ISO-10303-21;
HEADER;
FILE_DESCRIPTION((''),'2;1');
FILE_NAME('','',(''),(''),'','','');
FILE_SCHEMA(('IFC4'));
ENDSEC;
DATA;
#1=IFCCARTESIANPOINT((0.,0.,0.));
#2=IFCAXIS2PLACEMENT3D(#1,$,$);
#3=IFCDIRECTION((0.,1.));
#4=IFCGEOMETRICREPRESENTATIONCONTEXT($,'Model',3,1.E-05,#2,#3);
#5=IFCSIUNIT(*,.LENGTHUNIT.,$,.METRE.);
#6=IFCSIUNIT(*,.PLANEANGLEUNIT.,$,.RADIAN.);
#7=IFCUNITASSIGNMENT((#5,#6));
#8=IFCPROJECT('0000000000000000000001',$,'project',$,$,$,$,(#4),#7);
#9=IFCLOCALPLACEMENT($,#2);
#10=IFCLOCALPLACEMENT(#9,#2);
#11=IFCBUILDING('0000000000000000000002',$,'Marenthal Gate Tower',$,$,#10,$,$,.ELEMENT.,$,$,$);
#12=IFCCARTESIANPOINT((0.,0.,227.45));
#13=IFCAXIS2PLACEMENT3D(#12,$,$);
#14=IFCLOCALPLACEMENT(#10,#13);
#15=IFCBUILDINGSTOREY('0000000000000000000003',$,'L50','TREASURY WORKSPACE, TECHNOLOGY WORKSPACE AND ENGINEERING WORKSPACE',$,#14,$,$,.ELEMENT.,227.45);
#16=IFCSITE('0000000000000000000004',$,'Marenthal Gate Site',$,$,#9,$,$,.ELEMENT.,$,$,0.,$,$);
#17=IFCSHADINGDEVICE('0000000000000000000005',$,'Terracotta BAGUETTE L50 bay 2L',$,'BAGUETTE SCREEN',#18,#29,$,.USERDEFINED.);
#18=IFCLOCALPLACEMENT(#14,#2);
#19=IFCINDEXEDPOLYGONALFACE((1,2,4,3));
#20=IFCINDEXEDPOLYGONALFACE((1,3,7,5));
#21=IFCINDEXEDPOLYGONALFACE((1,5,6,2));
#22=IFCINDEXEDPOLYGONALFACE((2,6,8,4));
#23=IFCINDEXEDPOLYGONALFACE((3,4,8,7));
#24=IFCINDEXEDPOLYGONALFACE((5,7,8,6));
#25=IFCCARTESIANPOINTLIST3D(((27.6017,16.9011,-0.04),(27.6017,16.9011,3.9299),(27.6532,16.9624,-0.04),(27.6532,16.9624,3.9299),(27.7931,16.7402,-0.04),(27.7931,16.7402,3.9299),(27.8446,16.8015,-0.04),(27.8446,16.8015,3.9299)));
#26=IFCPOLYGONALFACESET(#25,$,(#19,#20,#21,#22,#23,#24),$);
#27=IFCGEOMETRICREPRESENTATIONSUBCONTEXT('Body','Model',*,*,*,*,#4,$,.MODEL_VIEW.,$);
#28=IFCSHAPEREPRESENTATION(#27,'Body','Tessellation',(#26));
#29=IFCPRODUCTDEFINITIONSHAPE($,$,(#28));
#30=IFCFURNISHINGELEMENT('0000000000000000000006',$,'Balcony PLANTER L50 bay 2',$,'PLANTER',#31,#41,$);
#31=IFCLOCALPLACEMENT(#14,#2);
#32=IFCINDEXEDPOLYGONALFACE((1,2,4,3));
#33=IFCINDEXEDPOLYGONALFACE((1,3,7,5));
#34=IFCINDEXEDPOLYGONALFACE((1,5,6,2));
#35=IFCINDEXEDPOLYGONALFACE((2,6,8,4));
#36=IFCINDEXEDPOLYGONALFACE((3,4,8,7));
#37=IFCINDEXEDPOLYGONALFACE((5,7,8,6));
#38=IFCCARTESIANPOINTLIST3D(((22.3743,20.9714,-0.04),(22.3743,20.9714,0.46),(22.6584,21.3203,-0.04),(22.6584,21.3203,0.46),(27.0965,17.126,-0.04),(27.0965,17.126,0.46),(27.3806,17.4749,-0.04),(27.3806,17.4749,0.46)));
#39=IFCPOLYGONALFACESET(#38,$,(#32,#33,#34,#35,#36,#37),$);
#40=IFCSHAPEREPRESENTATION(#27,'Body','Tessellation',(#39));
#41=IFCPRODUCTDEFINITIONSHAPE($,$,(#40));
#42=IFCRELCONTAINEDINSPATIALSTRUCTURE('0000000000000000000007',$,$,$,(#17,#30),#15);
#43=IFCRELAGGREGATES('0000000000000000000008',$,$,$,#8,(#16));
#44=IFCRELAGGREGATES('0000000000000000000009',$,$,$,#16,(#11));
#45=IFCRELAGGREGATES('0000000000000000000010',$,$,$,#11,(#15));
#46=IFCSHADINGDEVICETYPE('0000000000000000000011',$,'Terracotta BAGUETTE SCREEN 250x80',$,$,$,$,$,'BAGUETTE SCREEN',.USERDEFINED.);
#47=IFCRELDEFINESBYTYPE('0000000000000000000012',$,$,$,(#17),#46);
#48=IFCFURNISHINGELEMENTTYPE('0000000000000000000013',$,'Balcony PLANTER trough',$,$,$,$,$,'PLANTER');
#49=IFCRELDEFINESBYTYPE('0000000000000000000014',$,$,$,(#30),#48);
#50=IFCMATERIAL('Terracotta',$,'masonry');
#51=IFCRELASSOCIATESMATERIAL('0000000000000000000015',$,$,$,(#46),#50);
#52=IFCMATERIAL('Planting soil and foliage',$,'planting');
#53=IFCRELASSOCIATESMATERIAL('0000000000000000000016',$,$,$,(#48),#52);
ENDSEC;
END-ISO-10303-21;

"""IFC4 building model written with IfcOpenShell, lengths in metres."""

from ifc_helpers import new_model, si_unit, direction, frame, origin, origin_2d, place, context, subcontext, project, spatial, rectangle, extrude, material, material_profile, profile_set, type_object, element, save


model = new_model("IFC4")

# Units and contexts
model_context = context("Model", 3, precision=1e-05, world=origin(), true_north=direction((0.0, 1.0)))
body_context = subcontext(model_context, "Body", "Model", "MODEL_VIEW")
ifc_project = project(units=[si_unit("LENGTHUNIT", "METRE"), si_unit("PLANEANGLEUNIT", "RADIAN")], contexts=[model_context])

# Site, building, storey
site_placement = place(None, origin())
site = spatial("IfcSite", under=ifc_project, at=site_placement, Name="Marenthal Gate Site", CompositionType="ELEMENT", RefElevation=0.0)
building_placement = place(site_placement, origin())
building = spatial("IfcBuilding", under=site, at=building_placement, Name="Marenthal Gate Tower", CompositionType="ELEMENT")
storey_placement = place(building_placement, frame((0.0, 0.0, 227.45)))
storey = spatial("IfcBuildingStorey", under=building, at=storey_placement, Name="L50", Description="TREASURY WORKSPACE, TECHNOLOGY WORKSPACE AND ENGINEERING WORKSPACE", CompositionType="ELEMENT", Elevation=227.45)

# Shading device
ifc_material_1 = material(Name="Terracotta", Category="masonry")
ifc_material_profile_1 = material_profile(ifc_material_1, rectangle(XDim=0.25, YDim=0.0801, at=origin_2d()), Name="Terracotta baguette 250x80")
ifc_profile_set_1 = profile_set([ifc_material_profile_1], Name="Terracotta")
shading_device_type = type_object("IfcShadingDeviceType", Name="Terracotta BAGUETTE SCREEN 250x80", ElementType="BAGUETTE SCREEN", PredefinedType="USERDEFINED", material=ifc_profile_set_1)
shading_device_placement = place(storey_placement, frame((27.7231, 16.8513, -0.04), z_axis=(0.0, 0.0, 1.0), x_axis=(-0.765551, 0.643375, 0.0)))
element("IfcShadingDevice", 1, at=shading_device_placement, inside=storey, type_object=shading_device_type, Name="Terracotta BAGUETTE L50 bay 2L", ObjectType="BAGUETTE SCREEN", PredefinedType="USERDEFINED", context=body_context, shape_type="SweptSolid", body=[
    extrude(rectangle(XDim=0.25, YDim=0.0801, at=origin_2d()), origin(), (0.0, 0.0, 1.0), 3.97),
])

# Furnishing element
ifc_material_2 = material(Name="Planting soil and foliage", Category="planting")
furnishing_element_type = type_object("IfcFurnishingElementType", Name="Balcony PLANTER trough", ElementType="PLANTER", material=ifc_material_2)
furnishing_placement = place(storey_placement, frame((24.8774, 19.2231, -0.04), z_axis=(0.0, 0.0, 1.0), x_axis=(-0.775432, 0.631432, 0.0)))
element("IfcFurnishingElement", 2, at=furnishing_placement, inside=storey, type_object=furnishing_element_type, Name="Balcony PLANTER L50 bay 2", ObjectType="PLANTER", context=body_context, shape_type="SweptSolid", body=[
    extrude(rectangle(XDim=6.0898, YDim=0.45, at=origin_2d()), origin(), (0.0, 0.0, 1.0), 0.5),
])

save(model, "model.ifc")
